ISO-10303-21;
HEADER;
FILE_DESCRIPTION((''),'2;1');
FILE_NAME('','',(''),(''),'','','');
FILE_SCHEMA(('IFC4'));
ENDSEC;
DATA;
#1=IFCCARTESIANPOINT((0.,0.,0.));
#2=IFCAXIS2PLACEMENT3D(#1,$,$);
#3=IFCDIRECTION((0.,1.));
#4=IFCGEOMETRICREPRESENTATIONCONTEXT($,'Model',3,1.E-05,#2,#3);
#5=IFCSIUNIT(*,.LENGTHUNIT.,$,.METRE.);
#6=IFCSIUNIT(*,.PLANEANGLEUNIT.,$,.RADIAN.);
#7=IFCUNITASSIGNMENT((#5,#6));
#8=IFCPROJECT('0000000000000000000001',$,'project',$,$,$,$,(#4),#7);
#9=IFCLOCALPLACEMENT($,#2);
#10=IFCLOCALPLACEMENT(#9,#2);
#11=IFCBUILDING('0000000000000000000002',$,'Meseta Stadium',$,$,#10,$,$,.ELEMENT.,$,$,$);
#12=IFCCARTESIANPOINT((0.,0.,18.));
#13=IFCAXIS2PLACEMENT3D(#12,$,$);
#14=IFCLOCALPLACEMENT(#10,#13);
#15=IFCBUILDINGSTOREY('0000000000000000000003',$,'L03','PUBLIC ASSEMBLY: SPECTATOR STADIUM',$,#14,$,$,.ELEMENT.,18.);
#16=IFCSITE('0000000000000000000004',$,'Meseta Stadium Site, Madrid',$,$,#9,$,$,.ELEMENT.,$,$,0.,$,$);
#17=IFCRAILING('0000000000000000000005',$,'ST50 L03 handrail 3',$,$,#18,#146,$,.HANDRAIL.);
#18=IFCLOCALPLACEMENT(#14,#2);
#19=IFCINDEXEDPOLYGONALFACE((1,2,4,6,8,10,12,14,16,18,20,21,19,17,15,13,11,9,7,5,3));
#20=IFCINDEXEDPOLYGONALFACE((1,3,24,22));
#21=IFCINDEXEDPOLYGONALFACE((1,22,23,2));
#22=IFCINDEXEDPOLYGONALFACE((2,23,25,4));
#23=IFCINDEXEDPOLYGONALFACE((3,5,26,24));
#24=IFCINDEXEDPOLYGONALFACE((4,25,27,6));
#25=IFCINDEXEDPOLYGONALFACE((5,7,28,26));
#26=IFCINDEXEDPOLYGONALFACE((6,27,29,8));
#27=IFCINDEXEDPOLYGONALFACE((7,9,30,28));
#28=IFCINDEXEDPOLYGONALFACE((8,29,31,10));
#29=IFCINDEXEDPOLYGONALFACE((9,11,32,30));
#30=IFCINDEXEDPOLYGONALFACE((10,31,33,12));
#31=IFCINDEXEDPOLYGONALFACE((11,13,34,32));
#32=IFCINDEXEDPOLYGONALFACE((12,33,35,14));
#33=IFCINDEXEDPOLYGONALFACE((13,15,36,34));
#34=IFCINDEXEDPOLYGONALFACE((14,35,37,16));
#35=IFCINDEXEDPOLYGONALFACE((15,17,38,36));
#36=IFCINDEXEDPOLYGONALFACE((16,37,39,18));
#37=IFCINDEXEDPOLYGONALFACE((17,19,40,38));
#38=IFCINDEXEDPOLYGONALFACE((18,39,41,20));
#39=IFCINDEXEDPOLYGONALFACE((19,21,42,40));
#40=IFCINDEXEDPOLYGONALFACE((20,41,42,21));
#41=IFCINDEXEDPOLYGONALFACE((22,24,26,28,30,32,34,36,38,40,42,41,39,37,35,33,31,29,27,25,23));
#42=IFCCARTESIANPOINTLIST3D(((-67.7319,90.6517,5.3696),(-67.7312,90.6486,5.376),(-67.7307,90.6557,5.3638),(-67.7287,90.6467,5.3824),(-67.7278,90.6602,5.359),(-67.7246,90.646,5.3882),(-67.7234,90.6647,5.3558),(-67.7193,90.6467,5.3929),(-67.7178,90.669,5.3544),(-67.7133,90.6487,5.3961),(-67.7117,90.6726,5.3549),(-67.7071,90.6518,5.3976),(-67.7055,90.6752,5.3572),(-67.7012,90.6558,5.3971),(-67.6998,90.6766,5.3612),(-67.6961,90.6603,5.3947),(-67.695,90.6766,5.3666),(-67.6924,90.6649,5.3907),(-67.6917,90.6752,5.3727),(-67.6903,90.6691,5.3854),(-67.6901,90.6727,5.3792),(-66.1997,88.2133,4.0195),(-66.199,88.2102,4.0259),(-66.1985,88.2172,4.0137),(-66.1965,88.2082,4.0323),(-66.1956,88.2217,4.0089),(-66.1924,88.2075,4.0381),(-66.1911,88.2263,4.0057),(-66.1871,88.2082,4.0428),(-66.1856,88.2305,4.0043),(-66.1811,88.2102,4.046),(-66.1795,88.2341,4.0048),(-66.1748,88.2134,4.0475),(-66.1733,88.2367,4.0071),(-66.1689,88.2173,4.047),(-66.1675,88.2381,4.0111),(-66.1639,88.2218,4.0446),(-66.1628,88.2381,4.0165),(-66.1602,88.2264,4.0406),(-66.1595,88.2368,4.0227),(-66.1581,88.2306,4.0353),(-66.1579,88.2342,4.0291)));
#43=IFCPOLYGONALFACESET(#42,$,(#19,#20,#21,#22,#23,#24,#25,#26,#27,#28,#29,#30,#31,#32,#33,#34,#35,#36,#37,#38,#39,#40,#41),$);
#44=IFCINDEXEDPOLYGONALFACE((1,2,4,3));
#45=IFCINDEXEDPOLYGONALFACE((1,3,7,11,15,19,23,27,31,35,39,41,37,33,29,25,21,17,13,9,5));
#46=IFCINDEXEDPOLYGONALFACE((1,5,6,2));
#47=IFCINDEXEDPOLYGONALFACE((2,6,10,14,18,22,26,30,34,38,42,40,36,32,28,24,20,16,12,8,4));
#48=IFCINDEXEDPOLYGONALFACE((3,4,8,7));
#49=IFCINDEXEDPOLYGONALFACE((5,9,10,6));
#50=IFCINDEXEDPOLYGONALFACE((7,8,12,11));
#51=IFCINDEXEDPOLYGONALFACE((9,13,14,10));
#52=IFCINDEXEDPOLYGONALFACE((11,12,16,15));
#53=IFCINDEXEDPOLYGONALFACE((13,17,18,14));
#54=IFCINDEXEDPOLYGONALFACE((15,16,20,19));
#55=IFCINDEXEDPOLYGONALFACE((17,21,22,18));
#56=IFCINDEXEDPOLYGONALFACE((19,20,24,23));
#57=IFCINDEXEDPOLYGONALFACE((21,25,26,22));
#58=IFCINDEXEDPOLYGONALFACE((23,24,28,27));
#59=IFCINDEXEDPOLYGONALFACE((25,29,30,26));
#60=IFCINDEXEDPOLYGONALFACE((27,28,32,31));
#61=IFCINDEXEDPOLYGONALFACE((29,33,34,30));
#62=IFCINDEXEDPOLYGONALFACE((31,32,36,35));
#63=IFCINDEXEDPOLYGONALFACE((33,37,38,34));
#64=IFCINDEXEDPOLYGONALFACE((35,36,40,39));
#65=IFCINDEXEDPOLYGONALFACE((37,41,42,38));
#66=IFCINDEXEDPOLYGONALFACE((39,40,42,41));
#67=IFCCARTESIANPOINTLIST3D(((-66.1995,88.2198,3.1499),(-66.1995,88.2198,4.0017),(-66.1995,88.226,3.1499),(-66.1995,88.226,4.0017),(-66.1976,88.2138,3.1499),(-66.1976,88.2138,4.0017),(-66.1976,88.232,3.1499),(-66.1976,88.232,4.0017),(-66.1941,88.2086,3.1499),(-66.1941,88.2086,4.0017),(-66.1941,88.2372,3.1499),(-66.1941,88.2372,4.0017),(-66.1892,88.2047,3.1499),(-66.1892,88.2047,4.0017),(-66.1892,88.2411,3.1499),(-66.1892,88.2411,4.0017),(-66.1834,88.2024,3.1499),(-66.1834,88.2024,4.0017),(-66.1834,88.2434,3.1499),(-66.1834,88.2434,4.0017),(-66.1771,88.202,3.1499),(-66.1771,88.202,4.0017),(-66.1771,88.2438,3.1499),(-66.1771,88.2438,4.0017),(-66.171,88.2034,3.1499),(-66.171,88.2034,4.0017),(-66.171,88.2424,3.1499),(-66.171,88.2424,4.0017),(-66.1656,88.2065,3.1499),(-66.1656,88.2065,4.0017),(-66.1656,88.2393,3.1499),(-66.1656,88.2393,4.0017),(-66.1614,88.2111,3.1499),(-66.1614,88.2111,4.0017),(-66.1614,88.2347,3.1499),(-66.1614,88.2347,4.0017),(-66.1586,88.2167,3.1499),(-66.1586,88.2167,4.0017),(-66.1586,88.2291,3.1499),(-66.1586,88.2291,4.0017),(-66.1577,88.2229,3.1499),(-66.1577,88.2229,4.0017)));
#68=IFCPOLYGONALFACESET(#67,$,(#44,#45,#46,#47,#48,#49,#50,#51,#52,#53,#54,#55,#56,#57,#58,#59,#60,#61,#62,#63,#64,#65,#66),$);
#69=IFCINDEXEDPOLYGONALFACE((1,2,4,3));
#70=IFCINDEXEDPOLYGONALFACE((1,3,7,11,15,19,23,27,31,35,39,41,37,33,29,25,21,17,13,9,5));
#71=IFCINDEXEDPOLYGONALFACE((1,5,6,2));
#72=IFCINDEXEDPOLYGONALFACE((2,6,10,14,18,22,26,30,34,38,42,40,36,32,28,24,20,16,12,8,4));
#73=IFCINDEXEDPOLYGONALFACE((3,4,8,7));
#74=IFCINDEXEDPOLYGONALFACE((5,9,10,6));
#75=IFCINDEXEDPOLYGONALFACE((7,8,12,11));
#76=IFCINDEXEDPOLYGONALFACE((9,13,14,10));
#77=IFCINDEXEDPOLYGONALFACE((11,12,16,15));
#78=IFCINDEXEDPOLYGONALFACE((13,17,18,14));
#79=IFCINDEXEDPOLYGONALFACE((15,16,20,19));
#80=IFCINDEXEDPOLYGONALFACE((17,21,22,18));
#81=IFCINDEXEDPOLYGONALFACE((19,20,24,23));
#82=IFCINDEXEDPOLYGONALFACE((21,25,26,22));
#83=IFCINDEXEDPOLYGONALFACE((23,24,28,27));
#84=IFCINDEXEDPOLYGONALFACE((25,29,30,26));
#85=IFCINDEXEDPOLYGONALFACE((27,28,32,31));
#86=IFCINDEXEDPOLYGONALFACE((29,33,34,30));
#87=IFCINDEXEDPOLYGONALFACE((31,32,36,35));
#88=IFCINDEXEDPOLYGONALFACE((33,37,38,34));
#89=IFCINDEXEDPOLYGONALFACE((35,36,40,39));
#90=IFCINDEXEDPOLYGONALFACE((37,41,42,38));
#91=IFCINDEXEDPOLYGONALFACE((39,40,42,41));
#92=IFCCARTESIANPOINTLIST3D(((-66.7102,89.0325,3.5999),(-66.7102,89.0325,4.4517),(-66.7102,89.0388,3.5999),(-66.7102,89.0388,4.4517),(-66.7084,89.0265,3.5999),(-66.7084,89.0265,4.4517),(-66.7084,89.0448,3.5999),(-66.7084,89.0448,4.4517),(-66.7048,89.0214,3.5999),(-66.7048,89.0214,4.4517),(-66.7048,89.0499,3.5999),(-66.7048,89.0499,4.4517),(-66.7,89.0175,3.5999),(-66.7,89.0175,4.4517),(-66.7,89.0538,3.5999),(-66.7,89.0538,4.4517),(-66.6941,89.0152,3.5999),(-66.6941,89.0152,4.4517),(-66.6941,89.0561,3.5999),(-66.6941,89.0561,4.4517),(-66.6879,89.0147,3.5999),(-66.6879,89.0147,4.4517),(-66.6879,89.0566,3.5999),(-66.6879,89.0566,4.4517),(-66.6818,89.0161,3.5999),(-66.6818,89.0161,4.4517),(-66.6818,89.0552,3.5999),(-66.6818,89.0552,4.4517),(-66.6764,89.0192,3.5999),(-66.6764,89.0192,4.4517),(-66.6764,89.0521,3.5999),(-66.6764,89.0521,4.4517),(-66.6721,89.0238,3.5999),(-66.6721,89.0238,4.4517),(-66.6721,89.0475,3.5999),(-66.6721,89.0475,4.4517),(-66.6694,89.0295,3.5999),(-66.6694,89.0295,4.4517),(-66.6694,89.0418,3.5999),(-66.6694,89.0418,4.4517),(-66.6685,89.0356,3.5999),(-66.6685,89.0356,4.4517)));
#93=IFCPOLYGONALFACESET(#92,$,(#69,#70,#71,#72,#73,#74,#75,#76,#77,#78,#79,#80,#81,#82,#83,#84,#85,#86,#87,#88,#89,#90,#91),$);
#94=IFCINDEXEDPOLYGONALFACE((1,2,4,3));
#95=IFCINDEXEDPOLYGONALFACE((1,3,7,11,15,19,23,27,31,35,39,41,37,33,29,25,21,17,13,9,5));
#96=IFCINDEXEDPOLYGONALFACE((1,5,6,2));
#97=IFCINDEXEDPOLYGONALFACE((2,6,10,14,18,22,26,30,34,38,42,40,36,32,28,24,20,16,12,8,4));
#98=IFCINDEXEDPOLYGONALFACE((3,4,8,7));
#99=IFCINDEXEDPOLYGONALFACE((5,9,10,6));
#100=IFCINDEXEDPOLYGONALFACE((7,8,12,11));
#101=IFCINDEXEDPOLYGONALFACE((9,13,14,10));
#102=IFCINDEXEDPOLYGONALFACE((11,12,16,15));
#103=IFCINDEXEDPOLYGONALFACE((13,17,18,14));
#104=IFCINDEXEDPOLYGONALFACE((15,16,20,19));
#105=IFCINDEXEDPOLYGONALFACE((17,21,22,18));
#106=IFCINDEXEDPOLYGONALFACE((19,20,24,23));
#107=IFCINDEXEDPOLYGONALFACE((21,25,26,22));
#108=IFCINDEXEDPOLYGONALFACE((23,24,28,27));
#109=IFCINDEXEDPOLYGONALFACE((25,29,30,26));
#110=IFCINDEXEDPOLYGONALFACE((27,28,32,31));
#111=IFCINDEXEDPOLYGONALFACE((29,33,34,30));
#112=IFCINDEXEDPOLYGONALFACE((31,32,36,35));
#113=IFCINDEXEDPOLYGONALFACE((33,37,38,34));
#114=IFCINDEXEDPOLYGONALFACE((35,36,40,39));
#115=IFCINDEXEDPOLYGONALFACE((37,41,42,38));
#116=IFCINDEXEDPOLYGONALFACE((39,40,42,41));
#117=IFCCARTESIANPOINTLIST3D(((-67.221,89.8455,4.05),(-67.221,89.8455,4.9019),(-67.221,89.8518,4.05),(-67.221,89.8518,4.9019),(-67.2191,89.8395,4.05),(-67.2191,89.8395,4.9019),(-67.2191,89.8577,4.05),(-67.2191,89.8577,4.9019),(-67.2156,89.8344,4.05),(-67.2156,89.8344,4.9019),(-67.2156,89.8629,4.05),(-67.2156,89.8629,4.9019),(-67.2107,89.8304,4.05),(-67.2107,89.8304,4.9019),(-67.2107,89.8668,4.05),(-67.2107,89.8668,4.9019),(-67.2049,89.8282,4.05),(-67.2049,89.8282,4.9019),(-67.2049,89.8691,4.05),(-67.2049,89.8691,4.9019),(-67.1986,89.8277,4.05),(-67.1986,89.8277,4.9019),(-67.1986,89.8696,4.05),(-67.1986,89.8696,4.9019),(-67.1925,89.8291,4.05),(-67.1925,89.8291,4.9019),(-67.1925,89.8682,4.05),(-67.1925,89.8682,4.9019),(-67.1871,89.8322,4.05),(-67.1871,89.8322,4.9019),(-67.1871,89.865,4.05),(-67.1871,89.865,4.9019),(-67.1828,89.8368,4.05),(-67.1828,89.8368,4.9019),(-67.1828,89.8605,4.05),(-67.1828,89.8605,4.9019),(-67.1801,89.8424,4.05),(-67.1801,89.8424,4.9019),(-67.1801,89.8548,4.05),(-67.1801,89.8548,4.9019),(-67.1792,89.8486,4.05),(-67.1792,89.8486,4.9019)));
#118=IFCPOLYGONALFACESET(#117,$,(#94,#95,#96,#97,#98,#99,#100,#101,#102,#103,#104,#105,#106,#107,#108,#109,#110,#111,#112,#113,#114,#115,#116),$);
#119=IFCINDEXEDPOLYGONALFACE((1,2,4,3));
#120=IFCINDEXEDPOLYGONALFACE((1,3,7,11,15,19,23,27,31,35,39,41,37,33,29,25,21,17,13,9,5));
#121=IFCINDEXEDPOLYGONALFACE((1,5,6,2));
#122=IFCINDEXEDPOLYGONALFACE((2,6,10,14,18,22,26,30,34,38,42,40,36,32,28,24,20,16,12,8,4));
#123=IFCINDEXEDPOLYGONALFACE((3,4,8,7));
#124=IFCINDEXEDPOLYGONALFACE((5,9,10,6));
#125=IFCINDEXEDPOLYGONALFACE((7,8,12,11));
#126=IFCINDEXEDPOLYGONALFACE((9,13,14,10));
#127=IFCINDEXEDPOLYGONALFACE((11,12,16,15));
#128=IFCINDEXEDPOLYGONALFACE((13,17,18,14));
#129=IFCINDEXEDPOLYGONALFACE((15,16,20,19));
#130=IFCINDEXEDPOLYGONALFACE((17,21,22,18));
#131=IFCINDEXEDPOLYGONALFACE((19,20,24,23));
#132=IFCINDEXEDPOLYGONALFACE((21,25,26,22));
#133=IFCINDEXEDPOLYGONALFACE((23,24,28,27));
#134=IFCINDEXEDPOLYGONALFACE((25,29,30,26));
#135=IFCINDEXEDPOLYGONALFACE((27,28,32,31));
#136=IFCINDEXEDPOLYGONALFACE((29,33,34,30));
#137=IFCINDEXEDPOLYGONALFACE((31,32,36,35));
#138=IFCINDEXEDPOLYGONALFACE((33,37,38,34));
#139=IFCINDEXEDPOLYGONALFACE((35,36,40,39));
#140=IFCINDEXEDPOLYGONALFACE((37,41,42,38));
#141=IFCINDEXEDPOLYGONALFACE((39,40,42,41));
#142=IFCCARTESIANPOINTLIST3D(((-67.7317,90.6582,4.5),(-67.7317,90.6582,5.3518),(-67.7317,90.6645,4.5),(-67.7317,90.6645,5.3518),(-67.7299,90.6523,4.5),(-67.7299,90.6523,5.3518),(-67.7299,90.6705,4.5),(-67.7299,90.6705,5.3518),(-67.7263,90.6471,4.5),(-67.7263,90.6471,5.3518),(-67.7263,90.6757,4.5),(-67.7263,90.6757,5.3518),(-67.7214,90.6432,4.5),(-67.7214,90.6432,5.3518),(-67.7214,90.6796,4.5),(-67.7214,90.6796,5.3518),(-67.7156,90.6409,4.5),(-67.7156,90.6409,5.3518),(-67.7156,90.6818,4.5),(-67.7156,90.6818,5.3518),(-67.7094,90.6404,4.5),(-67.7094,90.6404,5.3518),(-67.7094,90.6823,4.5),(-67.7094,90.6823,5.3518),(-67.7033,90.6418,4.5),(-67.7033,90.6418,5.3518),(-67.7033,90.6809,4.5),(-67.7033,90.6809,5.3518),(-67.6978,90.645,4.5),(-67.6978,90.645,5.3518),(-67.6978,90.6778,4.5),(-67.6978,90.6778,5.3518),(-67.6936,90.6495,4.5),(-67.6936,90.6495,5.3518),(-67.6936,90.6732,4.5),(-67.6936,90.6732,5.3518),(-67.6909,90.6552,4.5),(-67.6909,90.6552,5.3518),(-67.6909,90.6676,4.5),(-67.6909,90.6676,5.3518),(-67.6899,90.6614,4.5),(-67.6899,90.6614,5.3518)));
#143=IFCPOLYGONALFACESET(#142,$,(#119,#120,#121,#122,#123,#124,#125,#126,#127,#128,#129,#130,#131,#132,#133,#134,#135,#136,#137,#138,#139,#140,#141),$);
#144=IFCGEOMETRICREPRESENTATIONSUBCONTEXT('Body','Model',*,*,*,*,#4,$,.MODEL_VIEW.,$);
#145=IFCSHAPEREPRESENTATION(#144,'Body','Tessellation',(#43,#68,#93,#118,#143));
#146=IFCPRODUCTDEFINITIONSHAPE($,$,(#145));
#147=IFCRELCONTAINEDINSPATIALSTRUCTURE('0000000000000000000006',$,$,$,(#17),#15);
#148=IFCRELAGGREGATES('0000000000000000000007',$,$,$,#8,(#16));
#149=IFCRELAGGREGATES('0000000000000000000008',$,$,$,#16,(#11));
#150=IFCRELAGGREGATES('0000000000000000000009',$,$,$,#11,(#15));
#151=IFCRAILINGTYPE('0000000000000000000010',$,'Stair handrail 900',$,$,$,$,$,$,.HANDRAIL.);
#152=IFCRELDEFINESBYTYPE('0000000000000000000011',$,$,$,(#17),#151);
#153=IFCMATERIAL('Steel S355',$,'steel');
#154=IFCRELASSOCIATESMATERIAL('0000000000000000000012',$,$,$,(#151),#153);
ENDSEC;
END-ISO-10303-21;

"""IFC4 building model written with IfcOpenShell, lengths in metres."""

from ifc_helpers import new_model, si_unit, direction, frame, origin, origin_2d, place, context, subcontext, project, spatial, circle, extrude, material, type_object, element, save


model = new_model("IFC4")

# Units and contexts
model_context = context("Model", 3, precision=1e-05, world=origin(), true_north=direction((0.0, 1.0)))
body_context = subcontext(model_context, "Body", "Model", "MODEL_VIEW")
ifc_project = project(units=[si_unit("LENGTHUNIT", "METRE"), si_unit("PLANEANGLEUNIT", "RADIAN")], contexts=[model_context])

# Site, building, storey
site_placement = place(None, origin())
site = spatial("IfcSite", under=ifc_project, at=site_placement, Name="Meseta Stadium Site, Madrid", CompositionType="ELEMENT", RefElevation=0.0)
building_placement = place(site_placement, origin())
building = spatial("IfcBuilding", under=site, at=building_placement, Name="Meseta Stadium", CompositionType="ELEMENT")
storey_placement = place(building_placement, frame((0.0, 0.0, 18.0)))
storey = spatial("IfcBuildingStorey", under=building, at=storey_placement, Name="L03", Description="PUBLIC ASSEMBLY: SPECTATOR STADIUM", CompositionType="ELEMENT", Elevation=18.0)

# Railing
ifc_material_1 = material(Name="Steel S355", Category="steel")
railing_type_1 = type_object("IfcRailingType", Name="Stair handrail 900", PredefinedType="HANDRAIL", material=ifc_material_1)
for number, where, name in (
    (1, (-66.1787, 88.2229, 3.1499), "ST50 L03 handrail 3"),
):
    element("IfcRailing", number, at=place(storey_placement, frame(where)), inside=storey, type_object=railing_type_1, Name=name, PredefinedType="HANDRAIL", context=body_context, shape_type="SweptSolid", body=[
        extrude(circle(Radius=0.0239, at=origin_2d()), frame((0.0, 0.0, 0.876), z_axis=(-0.481731, 0.766655, 0.42447), x_axis=(-0.846719, -0.53204, 0.0)), (0.0, 0.0, 1.0), 3.1807),
        extrude(circle(Radius=0.021, at=origin_2d()), origin(), (0.0, 0.0, 1.0), 0.8518),
        extrude(circle(Radius=0.021, at=origin_2d()), frame((-0.5107, 0.8127, 0.45)), (0.0, 0.0, 1.0), 0.8518),
        extrude(circle(Radius=0.021, at=origin_2d()), frame((-1.0215, 1.6257, 0.9001)), (0.0, 0.0, 1.0), 0.8518),
        extrude(circle(Radius=0.021, at=origin_2d()), frame((-1.5322, 2.4385, 1.3501)), (0.0, 0.0, 1.0), 0.8518),
    ])

save(model, "model.ifc")
